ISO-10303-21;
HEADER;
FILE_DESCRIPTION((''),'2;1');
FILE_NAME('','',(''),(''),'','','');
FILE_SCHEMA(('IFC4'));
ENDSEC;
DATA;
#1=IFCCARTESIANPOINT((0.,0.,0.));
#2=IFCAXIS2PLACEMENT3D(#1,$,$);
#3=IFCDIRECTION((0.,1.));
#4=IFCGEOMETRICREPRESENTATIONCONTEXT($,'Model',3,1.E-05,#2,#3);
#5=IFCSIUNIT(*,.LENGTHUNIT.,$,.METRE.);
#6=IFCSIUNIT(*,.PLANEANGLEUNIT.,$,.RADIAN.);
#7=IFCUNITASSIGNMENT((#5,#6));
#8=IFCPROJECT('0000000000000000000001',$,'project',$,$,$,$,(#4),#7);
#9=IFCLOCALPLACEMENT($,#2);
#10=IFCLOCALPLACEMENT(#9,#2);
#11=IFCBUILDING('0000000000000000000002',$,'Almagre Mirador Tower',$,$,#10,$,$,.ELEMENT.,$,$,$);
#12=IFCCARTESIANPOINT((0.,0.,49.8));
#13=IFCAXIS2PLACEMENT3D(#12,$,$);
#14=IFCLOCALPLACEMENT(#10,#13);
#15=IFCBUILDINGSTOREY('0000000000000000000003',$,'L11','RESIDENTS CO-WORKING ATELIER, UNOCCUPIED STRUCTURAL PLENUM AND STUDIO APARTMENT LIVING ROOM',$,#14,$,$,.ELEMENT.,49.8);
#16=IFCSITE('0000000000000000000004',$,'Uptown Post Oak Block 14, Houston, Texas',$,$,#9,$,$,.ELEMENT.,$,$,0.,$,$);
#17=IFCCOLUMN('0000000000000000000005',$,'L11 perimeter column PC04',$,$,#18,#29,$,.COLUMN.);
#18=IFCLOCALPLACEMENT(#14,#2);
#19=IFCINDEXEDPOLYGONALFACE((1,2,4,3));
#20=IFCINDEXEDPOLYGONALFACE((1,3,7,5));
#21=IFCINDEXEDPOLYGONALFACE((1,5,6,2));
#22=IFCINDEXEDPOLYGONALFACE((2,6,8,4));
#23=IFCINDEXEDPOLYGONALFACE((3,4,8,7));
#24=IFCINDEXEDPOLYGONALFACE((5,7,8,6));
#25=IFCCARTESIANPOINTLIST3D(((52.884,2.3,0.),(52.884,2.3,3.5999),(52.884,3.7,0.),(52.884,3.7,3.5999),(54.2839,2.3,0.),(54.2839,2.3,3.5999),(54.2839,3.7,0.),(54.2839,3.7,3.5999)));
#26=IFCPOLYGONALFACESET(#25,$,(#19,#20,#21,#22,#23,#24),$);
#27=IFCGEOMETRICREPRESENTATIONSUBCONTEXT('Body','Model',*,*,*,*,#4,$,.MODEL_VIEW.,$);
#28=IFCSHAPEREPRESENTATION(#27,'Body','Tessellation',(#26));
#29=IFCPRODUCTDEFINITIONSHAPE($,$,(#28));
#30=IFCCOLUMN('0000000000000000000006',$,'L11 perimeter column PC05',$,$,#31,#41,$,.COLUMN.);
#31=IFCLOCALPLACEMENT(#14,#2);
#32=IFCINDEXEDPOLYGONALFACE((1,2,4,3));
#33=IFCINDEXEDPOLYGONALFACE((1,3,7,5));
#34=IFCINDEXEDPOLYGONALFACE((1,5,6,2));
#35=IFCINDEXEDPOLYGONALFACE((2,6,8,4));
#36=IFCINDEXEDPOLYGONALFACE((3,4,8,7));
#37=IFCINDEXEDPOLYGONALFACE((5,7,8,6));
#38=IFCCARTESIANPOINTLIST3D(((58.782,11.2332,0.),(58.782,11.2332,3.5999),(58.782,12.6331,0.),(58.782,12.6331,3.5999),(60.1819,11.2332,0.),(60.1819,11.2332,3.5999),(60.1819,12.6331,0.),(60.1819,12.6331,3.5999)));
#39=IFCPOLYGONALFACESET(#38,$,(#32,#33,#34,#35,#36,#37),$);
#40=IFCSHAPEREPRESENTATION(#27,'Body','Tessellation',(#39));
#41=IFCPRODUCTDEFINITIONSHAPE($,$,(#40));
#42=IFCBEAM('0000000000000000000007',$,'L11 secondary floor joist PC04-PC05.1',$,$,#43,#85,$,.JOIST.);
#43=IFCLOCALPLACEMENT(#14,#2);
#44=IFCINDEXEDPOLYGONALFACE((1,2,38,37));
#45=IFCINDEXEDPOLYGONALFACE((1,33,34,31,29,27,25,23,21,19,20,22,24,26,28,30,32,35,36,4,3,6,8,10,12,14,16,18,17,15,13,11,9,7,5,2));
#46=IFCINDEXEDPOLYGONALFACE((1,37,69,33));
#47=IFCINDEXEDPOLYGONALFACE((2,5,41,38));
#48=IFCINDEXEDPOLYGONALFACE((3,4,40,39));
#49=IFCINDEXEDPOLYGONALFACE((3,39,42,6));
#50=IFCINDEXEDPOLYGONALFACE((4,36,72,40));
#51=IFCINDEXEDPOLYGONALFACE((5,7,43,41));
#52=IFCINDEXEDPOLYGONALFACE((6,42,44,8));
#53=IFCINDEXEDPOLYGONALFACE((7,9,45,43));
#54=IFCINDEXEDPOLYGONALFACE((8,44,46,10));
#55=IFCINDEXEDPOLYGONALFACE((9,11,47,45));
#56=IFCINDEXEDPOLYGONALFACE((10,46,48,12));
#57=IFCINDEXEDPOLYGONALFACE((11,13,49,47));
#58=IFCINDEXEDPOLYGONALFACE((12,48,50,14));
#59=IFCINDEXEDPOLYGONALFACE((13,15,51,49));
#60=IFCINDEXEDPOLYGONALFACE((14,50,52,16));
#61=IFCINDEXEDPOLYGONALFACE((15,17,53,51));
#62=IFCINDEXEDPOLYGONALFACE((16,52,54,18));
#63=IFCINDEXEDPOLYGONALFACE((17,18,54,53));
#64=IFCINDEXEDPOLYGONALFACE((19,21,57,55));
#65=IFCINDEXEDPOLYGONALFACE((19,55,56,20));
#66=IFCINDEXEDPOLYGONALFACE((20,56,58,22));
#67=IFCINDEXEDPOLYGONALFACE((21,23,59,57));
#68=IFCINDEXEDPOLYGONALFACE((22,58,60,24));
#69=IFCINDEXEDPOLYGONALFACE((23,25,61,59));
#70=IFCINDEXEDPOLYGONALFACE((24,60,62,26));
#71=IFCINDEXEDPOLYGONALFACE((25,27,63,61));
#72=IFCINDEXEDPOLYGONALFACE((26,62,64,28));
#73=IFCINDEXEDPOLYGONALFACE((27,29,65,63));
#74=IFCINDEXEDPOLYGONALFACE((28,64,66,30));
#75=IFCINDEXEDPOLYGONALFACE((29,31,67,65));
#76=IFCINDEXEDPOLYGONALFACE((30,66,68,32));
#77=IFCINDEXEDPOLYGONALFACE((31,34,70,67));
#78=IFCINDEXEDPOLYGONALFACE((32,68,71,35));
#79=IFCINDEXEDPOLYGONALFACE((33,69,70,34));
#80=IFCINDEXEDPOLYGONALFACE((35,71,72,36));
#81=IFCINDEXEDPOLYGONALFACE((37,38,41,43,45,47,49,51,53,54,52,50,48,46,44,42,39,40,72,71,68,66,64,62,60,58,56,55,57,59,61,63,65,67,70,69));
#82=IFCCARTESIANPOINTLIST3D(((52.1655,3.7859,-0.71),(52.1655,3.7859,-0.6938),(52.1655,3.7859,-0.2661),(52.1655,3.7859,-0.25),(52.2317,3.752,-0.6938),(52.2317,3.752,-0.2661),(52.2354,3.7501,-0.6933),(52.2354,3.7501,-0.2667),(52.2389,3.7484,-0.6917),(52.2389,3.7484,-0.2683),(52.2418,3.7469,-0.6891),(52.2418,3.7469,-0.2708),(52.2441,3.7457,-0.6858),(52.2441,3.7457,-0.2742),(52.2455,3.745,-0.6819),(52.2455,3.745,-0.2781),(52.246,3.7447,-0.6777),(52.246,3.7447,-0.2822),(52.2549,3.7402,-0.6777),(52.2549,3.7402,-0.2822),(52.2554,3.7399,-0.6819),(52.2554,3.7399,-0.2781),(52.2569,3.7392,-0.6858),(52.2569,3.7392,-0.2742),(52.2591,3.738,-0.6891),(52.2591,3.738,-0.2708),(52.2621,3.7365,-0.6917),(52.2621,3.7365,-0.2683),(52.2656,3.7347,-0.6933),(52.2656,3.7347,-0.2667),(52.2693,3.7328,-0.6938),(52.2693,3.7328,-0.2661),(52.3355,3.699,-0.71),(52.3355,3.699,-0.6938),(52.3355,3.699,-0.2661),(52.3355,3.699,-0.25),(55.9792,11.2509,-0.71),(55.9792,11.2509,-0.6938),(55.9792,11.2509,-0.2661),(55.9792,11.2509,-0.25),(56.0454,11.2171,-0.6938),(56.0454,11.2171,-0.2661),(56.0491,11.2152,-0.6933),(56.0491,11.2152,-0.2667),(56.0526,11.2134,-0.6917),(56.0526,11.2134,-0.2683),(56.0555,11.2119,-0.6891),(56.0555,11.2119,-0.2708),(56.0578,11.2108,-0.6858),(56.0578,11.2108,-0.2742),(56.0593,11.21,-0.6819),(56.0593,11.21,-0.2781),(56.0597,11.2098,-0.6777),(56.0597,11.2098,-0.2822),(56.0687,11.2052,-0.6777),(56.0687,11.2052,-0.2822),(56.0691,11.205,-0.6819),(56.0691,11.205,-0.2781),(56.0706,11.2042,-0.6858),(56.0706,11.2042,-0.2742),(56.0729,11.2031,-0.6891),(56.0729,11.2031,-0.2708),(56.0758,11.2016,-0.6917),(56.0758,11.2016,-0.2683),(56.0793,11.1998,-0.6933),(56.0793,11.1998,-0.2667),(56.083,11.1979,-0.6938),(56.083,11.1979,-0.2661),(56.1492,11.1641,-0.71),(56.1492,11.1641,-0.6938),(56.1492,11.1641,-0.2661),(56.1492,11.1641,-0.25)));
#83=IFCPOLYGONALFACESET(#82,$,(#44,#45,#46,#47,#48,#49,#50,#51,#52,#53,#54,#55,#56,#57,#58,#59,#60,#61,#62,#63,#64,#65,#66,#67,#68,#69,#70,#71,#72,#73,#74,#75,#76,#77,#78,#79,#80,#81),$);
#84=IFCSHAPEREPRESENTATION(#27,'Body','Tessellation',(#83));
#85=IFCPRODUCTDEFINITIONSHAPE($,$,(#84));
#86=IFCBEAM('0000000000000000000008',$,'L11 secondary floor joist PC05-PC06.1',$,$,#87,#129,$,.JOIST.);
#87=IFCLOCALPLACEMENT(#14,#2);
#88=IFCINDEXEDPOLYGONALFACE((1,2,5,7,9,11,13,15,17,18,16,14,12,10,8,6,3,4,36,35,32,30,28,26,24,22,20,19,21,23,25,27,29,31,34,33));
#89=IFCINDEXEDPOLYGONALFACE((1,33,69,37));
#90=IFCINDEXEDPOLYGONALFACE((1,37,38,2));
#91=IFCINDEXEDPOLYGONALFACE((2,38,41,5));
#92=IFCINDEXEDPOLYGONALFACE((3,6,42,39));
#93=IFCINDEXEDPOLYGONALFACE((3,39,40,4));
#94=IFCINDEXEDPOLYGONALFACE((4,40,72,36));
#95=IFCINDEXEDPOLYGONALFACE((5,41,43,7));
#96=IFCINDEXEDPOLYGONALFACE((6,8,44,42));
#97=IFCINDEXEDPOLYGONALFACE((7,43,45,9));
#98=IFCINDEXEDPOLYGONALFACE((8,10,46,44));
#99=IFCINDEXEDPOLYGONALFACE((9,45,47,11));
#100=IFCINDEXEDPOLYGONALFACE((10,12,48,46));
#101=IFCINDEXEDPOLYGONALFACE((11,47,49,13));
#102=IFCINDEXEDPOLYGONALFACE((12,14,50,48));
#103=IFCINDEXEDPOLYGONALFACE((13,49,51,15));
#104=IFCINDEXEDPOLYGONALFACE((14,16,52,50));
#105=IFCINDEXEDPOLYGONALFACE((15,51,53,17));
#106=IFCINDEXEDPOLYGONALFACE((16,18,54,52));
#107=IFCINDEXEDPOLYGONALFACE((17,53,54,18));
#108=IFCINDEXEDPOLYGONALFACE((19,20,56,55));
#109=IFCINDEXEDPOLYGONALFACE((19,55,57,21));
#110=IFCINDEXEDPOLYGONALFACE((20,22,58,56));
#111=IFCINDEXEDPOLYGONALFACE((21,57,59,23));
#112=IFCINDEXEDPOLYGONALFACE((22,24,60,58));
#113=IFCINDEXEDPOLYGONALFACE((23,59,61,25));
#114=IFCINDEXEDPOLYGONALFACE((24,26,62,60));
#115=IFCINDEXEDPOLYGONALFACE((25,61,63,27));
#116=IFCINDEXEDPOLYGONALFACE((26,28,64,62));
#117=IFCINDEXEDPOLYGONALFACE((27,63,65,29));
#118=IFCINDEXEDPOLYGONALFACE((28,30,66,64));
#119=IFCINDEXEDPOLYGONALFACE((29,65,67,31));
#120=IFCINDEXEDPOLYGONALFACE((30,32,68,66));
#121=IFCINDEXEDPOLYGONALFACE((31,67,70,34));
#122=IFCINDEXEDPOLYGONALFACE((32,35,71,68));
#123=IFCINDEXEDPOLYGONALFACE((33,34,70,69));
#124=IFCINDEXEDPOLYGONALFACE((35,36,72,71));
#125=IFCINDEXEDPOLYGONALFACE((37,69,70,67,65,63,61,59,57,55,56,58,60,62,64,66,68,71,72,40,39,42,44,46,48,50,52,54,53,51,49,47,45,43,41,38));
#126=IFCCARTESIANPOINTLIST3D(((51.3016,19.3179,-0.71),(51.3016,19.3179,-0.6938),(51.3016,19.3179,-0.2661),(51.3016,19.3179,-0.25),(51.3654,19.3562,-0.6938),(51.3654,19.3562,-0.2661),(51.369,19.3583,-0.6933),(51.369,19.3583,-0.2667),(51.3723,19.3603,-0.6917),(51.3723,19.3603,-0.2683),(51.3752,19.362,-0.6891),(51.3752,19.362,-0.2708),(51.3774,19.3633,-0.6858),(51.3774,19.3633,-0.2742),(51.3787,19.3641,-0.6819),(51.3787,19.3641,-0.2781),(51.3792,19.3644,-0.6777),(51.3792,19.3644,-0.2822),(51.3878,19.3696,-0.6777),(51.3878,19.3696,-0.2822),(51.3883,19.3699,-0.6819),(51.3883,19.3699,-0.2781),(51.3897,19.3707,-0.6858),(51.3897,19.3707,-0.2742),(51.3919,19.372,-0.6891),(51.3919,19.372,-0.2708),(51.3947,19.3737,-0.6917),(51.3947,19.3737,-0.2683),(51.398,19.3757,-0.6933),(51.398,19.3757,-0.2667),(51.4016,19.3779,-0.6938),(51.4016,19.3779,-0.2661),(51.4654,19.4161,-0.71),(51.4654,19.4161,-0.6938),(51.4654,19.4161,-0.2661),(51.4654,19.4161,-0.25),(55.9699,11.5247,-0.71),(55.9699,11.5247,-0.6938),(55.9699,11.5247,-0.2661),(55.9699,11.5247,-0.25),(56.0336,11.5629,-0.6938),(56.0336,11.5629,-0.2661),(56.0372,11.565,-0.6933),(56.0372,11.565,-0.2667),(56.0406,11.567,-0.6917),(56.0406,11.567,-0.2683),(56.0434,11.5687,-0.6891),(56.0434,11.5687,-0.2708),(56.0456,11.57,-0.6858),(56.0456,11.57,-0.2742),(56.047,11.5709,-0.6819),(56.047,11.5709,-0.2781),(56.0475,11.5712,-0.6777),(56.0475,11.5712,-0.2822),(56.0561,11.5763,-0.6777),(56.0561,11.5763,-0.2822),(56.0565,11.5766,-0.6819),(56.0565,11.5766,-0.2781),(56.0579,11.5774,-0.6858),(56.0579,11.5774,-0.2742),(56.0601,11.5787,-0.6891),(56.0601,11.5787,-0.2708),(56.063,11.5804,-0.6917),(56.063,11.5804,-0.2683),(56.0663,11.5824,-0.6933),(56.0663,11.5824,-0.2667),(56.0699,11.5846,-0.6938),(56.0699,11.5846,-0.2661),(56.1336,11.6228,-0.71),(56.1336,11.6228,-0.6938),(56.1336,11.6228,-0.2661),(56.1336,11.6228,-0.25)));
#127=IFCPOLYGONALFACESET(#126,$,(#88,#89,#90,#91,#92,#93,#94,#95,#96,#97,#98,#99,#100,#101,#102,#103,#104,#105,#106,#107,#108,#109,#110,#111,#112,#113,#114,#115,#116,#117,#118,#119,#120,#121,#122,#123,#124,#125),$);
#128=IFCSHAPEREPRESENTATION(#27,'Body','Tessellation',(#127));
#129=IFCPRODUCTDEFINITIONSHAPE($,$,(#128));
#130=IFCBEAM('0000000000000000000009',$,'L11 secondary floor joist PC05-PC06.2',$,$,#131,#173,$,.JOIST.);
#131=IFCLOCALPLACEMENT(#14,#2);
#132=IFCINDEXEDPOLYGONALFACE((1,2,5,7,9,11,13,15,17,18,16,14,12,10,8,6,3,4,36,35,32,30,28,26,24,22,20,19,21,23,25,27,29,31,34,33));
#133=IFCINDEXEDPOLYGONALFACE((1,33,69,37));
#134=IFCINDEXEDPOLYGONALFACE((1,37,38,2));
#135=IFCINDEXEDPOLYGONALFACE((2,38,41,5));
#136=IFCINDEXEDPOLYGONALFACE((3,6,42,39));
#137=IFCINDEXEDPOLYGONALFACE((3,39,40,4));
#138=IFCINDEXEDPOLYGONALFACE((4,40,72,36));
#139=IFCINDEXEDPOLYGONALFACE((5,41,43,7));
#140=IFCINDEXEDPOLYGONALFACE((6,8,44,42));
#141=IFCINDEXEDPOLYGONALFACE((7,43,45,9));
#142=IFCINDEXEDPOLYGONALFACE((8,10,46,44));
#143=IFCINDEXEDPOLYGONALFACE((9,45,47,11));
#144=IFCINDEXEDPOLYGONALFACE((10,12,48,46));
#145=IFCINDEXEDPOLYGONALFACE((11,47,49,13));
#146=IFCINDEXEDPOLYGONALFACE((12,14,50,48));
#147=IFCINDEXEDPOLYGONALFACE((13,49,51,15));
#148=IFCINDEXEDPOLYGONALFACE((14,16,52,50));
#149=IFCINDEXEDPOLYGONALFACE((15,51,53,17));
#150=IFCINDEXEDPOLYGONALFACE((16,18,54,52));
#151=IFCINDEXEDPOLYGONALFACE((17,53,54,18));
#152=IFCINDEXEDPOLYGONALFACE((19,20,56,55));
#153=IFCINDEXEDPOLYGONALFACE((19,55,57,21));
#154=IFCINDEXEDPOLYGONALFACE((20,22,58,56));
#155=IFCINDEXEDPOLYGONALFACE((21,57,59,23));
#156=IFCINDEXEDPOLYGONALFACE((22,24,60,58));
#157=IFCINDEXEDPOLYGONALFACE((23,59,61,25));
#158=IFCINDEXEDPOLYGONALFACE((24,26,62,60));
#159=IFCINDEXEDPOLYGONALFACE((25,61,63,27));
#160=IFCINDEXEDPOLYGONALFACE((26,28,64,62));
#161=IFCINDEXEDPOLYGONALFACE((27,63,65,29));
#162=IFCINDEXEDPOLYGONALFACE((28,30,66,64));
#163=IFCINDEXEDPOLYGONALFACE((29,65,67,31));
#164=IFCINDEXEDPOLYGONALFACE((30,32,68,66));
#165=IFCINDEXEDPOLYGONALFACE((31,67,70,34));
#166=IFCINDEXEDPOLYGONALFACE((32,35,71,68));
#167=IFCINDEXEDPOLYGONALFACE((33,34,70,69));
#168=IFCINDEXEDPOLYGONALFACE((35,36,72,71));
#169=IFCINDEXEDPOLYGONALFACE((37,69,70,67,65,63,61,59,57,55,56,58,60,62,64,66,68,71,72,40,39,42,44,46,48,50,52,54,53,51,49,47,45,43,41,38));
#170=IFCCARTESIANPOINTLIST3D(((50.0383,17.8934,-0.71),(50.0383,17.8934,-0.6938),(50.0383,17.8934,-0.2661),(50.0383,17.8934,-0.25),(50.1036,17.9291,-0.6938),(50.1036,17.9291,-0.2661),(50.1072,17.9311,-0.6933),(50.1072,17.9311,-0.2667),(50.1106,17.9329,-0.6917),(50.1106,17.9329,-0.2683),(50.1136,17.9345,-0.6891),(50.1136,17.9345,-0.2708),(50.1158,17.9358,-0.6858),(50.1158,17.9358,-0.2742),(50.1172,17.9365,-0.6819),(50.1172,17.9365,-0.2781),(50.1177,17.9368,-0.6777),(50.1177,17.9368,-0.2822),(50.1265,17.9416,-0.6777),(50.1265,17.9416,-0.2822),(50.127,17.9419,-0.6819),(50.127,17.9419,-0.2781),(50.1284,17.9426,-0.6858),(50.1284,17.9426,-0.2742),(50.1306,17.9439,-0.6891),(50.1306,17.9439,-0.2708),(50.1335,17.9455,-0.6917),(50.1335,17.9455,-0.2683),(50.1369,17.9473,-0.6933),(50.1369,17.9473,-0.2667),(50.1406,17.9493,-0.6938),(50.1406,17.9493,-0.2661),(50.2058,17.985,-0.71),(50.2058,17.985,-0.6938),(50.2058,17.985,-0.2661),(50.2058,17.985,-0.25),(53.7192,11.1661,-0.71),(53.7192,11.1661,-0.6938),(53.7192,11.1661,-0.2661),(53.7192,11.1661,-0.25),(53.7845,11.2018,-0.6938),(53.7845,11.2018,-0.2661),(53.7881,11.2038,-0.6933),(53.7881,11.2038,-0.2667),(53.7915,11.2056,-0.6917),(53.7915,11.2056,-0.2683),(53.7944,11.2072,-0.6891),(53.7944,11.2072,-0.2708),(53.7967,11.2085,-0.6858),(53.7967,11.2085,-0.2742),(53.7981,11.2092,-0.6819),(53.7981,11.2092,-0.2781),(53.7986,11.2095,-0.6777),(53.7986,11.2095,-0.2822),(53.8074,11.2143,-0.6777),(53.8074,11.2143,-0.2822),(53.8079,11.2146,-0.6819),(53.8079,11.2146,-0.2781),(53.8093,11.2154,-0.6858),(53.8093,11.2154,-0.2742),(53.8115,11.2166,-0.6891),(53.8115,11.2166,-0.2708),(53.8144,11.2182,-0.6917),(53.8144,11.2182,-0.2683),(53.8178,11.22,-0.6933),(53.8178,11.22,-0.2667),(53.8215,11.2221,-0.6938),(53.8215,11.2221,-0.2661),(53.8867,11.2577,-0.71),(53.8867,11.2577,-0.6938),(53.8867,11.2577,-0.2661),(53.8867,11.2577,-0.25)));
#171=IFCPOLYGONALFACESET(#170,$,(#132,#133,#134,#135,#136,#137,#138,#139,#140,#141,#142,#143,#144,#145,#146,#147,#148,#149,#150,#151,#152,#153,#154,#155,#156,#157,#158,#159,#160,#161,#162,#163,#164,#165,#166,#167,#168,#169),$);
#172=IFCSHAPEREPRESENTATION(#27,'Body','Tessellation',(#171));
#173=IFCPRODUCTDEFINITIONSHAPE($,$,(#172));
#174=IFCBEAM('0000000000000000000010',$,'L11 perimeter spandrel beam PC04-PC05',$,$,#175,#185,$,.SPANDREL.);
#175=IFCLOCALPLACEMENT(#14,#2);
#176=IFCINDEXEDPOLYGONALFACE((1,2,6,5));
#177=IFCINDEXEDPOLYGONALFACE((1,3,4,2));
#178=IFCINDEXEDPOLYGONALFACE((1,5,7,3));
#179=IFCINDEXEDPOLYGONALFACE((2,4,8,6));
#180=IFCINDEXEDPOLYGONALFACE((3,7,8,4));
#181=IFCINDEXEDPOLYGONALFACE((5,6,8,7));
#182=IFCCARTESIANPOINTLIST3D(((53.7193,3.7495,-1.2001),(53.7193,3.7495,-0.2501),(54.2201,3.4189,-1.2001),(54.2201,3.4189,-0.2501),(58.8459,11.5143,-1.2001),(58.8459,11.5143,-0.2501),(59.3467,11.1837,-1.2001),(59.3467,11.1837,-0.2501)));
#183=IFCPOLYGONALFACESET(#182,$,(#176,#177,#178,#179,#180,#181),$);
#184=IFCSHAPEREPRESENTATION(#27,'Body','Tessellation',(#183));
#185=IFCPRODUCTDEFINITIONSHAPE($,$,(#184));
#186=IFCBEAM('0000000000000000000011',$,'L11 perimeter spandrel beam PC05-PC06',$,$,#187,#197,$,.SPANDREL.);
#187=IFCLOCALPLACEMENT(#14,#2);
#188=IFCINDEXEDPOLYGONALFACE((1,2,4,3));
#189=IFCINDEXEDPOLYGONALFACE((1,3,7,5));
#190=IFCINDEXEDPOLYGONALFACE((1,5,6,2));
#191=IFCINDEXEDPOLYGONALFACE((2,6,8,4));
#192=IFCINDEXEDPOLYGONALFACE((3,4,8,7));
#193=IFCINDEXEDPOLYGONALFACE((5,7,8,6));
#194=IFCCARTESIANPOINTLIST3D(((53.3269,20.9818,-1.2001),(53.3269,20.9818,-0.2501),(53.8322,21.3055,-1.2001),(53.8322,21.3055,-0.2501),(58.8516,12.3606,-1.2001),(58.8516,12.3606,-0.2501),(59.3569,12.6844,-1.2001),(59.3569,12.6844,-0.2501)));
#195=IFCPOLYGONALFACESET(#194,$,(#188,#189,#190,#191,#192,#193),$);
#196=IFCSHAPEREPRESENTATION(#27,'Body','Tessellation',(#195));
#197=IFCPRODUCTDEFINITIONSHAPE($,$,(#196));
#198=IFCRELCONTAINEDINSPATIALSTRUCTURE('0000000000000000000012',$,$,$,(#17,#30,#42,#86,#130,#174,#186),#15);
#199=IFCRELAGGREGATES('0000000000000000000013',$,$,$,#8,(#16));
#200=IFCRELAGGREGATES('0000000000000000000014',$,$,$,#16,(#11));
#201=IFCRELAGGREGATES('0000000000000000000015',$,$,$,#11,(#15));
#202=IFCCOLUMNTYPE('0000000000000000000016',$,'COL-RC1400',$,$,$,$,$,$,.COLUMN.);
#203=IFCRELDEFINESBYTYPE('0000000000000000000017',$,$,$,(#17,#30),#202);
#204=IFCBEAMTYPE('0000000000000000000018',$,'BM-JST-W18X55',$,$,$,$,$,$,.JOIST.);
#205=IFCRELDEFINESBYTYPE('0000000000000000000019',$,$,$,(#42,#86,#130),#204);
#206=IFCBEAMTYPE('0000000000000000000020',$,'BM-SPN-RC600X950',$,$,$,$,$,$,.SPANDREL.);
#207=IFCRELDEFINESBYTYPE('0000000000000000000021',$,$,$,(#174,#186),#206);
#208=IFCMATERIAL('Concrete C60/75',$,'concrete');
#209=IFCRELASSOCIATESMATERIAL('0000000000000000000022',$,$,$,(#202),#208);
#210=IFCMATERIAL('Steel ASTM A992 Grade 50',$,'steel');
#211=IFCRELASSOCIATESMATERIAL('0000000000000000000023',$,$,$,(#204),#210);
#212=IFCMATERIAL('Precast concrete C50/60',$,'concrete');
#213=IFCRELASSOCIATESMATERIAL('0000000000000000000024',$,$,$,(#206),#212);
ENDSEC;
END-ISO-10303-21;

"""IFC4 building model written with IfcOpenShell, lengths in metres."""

from ifc_helpers import new_model, si_unit, direction, frame, origin, origin_2d, place, context, subcontext, project, spatial, rectangle, i_section, extrude, material, material_profile, profile_set, type_object, element, save


model = new_model("IFC4")

# Units and contexts
model_context = context("Model", 3, precision=1e-05, world=origin(), true_north=direction((0.0, 1.0)))
body_context = subcontext(model_context, "Body", "Model", "MODEL_VIEW")
ifc_project = project(units=[si_unit("LENGTHUNIT", "METRE"), si_unit("PLANEANGLEUNIT", "RADIAN")], contexts=[model_context])

# Site, building, storey
site_placement = place(None, origin())
site = spatial("IfcSite", under=ifc_project, at=site_placement, Name="Uptown Post Oak Block 14, Houston, Texas", CompositionType="ELEMENT", RefElevation=0.0)
building_placement = place(site_placement, origin())
building = spatial("IfcBuilding", under=site, at=building_placement, Name="Almagre Mirador Tower", CompositionType="ELEMENT")
storey_placement = place(building_placement, frame((0.0, 0.0, 49.8)))
storey = spatial("IfcBuildingStorey", under=building, at=storey_placement, Name="L11", Description="RESIDENTS CO-WORKING ATELIER, UNOCCUPIED STRUCTURAL PLENUM AND STUDIO APARTMENT LIVING ROOM", CompositionType="ELEMENT", Elevation=49.8)

# Columns
ifc_material_1 = material(Name="Concrete C60/75", Category="concrete")
ifc_material_profile_1 = material_profile(ifc_material_1, rectangle(XDim=1.3999, YDim=1.3999, at=origin_2d()), Name="RC1400X1400")
ifc_profile_set_1 = profile_set([ifc_material_profile_1], Name="Concrete C60/75")
column_type = type_object("IfcColumnType", Name="COL-RC1400", PredefinedType="COLUMN", material=ifc_profile_set_1)
for number, where, z_axis, x_axis, name in (
    (1, (53.584, 3.0, 0.0), (0.0, 0.0, 1.0), (1.0, 0.0, 0.0), "L11 perimeter column PC04"),
    (2, (59.4819, 11.9331, 0.0), (0.0, 0.0, 1.0), (1.0, 0.0, 0.0), "L11 perimeter column PC05"),
):
    element("IfcColumn", number, at=place(storey_placement, frame(where, z_axis=z_axis, x_axis=x_axis)), inside=storey, type_object=column_type, Name=name, PredefinedType="COLUMN", context=body_context, shape_type="SweptSolid", body=[
        extrude(rectangle(XDim=1.3999, YDim=1.3999, at=origin_2d()), origin(), (0.0, 0.0, 1.0), 3.5999),
    ])

# Beams
ifc_material_2 = material(Name="Steel ASTM A992 Grade 50", Category="steel")
ifc_material_profile_2 = material_profile(ifc_material_2, i_section(OverallWidth=0.1909, OverallDepth=0.46, WebThickness=0.01, FlangeThickness=0.0161, FilletRadius=0.0161, at=origin_2d()), Name="W18X55")
ifc_profile_set_2 = profile_set([ifc_material_profile_2], Name="Steel ASTM A992 Grade 50")
beam_type_1 = type_object("IfcBeamType", Name="BM-JST-W18X55", PredefinedType="JOIST", material=ifc_profile_set_2)
beam_1_placement = place(storey_placement, frame((52.2505, 3.7424, -0.48), z_axis=(0.454944, 0.89052, 0.0), x_axis=(-0.89052, 0.454944, 0.0)))
element("IfcBeam", 3, at=beam_1_placement, inside=storey, type_object=beam_type_1, Name="L11 secondary floor joist PC04-PC05.1", PredefinedType="JOIST", context=body_context, shape_type="SweptSolid", body=[
    extrude(i_section(OverallWidth=0.1909, OverallDepth=0.46, WebThickness=0.01, FlangeThickness=0.0161, FilletRadius=0.0161, at=origin_2d()), origin(), (0.0, 0.0, 1.0), 8.3828),
])
beam_2_placement = place(storey_placement, frame((56.0518, 11.5737, -0.48), z_axis=(-0.513871, 0.857867, 0.0), x_axis=(-0.857867, -0.513871, 0.0)))
element("IfcBeam", 4, at=beam_2_placement, inside=storey, type_object=beam_type_1, Name="L11 secondary floor joist PC05-PC06.1", PredefinedType="JOIST", context=body_context, shape_type="SweptSolid", body=[
    extrude(i_section(OverallWidth=0.1909, OverallDepth=0.46, WebThickness=0.01, FlangeThickness=0.0161, FilletRadius=0.0161, at=origin_2d()), origin(), (0.0, 0.0, 1.0), 9.0845),
])
beam_3_placement = place(storey_placement, frame((53.803, 11.2119, -0.48), z_axis=(-0.480005, 0.877266, 0.0), x_axis=(-0.877266, -0.480005, 0.0)))
element("IfcBeam", 5, at=beam_3_placement, inside=storey, type_object=beam_type_1, Name="L11 secondary floor joist PC05-PC06.2", PredefinedType="JOIST", context=body_context, shape_type="SweptSolid", body=[
    extrude(i_section(OverallWidth=0.1909, OverallDepth=0.46, WebThickness=0.01, FlangeThickness=0.0161, FilletRadius=0.0161, at=origin_2d()), origin(), (0.0, 0.0, 1.0), 7.6685),
])
ifc_material_3 = material(Name="Precast concrete C50/60", Category="concrete")
ifc_material_profile_3 = material_profile(ifc_material_3, rectangle(XDim=0.6001, YDim=0.95, at=origin_2d()), Name="RC600X950")
ifc_profile_set_3 = profile_set([ifc_material_profile_3], Name="Precast concrete C50/60")
beam_type_2 = type_object("IfcBeamType", Name="BM-SPN-RC600X950", PredefinedType="SPANDREL", material=ifc_profile_set_3)
beam_4_placement = place(storey_placement, frame((53.9697, 3.5842, -0.7251), z_axis=(0.550977, 0.834521, 0.0), x_axis=(-0.834521, 0.550977, 0.0)))
element("IfcBeam", 6, at=beam_4_placement, inside=storey, type_object=beam_type_2, Name="L11 perimeter spandrel beam PC04-PC05", PredefinedType="SPANDREL", context=body_context, shape_type="SweptSolid", body=[
    extrude(rectangle(XDim=0.6001, YDim=0.95, at=origin_2d()), origin(), (0.0, 0.0, 1.0), 9.3044),
])
beam_5_placement = place(storey_placement, frame((59.1042, 12.5225, -0.7251), z_axis=(-0.53955, 0.841954, 0.0), x_axis=(-0.841954, -0.53955, 0.0)))
element("IfcBeam", 7, at=beam_5_placement, inside=storey, type_object=beam_type_2, Name="L11 perimeter spandrel beam PC05-PC06", PredefinedType="SPANDREL", context=body_context, shape_type="SweptSolid", body=[
    extrude(rectangle(XDim=0.6001, YDim=0.95, at=origin_2d()), origin(), (0.0, 0.0, 1.0), 10.2395),
])

save(model, "model.ifc")
